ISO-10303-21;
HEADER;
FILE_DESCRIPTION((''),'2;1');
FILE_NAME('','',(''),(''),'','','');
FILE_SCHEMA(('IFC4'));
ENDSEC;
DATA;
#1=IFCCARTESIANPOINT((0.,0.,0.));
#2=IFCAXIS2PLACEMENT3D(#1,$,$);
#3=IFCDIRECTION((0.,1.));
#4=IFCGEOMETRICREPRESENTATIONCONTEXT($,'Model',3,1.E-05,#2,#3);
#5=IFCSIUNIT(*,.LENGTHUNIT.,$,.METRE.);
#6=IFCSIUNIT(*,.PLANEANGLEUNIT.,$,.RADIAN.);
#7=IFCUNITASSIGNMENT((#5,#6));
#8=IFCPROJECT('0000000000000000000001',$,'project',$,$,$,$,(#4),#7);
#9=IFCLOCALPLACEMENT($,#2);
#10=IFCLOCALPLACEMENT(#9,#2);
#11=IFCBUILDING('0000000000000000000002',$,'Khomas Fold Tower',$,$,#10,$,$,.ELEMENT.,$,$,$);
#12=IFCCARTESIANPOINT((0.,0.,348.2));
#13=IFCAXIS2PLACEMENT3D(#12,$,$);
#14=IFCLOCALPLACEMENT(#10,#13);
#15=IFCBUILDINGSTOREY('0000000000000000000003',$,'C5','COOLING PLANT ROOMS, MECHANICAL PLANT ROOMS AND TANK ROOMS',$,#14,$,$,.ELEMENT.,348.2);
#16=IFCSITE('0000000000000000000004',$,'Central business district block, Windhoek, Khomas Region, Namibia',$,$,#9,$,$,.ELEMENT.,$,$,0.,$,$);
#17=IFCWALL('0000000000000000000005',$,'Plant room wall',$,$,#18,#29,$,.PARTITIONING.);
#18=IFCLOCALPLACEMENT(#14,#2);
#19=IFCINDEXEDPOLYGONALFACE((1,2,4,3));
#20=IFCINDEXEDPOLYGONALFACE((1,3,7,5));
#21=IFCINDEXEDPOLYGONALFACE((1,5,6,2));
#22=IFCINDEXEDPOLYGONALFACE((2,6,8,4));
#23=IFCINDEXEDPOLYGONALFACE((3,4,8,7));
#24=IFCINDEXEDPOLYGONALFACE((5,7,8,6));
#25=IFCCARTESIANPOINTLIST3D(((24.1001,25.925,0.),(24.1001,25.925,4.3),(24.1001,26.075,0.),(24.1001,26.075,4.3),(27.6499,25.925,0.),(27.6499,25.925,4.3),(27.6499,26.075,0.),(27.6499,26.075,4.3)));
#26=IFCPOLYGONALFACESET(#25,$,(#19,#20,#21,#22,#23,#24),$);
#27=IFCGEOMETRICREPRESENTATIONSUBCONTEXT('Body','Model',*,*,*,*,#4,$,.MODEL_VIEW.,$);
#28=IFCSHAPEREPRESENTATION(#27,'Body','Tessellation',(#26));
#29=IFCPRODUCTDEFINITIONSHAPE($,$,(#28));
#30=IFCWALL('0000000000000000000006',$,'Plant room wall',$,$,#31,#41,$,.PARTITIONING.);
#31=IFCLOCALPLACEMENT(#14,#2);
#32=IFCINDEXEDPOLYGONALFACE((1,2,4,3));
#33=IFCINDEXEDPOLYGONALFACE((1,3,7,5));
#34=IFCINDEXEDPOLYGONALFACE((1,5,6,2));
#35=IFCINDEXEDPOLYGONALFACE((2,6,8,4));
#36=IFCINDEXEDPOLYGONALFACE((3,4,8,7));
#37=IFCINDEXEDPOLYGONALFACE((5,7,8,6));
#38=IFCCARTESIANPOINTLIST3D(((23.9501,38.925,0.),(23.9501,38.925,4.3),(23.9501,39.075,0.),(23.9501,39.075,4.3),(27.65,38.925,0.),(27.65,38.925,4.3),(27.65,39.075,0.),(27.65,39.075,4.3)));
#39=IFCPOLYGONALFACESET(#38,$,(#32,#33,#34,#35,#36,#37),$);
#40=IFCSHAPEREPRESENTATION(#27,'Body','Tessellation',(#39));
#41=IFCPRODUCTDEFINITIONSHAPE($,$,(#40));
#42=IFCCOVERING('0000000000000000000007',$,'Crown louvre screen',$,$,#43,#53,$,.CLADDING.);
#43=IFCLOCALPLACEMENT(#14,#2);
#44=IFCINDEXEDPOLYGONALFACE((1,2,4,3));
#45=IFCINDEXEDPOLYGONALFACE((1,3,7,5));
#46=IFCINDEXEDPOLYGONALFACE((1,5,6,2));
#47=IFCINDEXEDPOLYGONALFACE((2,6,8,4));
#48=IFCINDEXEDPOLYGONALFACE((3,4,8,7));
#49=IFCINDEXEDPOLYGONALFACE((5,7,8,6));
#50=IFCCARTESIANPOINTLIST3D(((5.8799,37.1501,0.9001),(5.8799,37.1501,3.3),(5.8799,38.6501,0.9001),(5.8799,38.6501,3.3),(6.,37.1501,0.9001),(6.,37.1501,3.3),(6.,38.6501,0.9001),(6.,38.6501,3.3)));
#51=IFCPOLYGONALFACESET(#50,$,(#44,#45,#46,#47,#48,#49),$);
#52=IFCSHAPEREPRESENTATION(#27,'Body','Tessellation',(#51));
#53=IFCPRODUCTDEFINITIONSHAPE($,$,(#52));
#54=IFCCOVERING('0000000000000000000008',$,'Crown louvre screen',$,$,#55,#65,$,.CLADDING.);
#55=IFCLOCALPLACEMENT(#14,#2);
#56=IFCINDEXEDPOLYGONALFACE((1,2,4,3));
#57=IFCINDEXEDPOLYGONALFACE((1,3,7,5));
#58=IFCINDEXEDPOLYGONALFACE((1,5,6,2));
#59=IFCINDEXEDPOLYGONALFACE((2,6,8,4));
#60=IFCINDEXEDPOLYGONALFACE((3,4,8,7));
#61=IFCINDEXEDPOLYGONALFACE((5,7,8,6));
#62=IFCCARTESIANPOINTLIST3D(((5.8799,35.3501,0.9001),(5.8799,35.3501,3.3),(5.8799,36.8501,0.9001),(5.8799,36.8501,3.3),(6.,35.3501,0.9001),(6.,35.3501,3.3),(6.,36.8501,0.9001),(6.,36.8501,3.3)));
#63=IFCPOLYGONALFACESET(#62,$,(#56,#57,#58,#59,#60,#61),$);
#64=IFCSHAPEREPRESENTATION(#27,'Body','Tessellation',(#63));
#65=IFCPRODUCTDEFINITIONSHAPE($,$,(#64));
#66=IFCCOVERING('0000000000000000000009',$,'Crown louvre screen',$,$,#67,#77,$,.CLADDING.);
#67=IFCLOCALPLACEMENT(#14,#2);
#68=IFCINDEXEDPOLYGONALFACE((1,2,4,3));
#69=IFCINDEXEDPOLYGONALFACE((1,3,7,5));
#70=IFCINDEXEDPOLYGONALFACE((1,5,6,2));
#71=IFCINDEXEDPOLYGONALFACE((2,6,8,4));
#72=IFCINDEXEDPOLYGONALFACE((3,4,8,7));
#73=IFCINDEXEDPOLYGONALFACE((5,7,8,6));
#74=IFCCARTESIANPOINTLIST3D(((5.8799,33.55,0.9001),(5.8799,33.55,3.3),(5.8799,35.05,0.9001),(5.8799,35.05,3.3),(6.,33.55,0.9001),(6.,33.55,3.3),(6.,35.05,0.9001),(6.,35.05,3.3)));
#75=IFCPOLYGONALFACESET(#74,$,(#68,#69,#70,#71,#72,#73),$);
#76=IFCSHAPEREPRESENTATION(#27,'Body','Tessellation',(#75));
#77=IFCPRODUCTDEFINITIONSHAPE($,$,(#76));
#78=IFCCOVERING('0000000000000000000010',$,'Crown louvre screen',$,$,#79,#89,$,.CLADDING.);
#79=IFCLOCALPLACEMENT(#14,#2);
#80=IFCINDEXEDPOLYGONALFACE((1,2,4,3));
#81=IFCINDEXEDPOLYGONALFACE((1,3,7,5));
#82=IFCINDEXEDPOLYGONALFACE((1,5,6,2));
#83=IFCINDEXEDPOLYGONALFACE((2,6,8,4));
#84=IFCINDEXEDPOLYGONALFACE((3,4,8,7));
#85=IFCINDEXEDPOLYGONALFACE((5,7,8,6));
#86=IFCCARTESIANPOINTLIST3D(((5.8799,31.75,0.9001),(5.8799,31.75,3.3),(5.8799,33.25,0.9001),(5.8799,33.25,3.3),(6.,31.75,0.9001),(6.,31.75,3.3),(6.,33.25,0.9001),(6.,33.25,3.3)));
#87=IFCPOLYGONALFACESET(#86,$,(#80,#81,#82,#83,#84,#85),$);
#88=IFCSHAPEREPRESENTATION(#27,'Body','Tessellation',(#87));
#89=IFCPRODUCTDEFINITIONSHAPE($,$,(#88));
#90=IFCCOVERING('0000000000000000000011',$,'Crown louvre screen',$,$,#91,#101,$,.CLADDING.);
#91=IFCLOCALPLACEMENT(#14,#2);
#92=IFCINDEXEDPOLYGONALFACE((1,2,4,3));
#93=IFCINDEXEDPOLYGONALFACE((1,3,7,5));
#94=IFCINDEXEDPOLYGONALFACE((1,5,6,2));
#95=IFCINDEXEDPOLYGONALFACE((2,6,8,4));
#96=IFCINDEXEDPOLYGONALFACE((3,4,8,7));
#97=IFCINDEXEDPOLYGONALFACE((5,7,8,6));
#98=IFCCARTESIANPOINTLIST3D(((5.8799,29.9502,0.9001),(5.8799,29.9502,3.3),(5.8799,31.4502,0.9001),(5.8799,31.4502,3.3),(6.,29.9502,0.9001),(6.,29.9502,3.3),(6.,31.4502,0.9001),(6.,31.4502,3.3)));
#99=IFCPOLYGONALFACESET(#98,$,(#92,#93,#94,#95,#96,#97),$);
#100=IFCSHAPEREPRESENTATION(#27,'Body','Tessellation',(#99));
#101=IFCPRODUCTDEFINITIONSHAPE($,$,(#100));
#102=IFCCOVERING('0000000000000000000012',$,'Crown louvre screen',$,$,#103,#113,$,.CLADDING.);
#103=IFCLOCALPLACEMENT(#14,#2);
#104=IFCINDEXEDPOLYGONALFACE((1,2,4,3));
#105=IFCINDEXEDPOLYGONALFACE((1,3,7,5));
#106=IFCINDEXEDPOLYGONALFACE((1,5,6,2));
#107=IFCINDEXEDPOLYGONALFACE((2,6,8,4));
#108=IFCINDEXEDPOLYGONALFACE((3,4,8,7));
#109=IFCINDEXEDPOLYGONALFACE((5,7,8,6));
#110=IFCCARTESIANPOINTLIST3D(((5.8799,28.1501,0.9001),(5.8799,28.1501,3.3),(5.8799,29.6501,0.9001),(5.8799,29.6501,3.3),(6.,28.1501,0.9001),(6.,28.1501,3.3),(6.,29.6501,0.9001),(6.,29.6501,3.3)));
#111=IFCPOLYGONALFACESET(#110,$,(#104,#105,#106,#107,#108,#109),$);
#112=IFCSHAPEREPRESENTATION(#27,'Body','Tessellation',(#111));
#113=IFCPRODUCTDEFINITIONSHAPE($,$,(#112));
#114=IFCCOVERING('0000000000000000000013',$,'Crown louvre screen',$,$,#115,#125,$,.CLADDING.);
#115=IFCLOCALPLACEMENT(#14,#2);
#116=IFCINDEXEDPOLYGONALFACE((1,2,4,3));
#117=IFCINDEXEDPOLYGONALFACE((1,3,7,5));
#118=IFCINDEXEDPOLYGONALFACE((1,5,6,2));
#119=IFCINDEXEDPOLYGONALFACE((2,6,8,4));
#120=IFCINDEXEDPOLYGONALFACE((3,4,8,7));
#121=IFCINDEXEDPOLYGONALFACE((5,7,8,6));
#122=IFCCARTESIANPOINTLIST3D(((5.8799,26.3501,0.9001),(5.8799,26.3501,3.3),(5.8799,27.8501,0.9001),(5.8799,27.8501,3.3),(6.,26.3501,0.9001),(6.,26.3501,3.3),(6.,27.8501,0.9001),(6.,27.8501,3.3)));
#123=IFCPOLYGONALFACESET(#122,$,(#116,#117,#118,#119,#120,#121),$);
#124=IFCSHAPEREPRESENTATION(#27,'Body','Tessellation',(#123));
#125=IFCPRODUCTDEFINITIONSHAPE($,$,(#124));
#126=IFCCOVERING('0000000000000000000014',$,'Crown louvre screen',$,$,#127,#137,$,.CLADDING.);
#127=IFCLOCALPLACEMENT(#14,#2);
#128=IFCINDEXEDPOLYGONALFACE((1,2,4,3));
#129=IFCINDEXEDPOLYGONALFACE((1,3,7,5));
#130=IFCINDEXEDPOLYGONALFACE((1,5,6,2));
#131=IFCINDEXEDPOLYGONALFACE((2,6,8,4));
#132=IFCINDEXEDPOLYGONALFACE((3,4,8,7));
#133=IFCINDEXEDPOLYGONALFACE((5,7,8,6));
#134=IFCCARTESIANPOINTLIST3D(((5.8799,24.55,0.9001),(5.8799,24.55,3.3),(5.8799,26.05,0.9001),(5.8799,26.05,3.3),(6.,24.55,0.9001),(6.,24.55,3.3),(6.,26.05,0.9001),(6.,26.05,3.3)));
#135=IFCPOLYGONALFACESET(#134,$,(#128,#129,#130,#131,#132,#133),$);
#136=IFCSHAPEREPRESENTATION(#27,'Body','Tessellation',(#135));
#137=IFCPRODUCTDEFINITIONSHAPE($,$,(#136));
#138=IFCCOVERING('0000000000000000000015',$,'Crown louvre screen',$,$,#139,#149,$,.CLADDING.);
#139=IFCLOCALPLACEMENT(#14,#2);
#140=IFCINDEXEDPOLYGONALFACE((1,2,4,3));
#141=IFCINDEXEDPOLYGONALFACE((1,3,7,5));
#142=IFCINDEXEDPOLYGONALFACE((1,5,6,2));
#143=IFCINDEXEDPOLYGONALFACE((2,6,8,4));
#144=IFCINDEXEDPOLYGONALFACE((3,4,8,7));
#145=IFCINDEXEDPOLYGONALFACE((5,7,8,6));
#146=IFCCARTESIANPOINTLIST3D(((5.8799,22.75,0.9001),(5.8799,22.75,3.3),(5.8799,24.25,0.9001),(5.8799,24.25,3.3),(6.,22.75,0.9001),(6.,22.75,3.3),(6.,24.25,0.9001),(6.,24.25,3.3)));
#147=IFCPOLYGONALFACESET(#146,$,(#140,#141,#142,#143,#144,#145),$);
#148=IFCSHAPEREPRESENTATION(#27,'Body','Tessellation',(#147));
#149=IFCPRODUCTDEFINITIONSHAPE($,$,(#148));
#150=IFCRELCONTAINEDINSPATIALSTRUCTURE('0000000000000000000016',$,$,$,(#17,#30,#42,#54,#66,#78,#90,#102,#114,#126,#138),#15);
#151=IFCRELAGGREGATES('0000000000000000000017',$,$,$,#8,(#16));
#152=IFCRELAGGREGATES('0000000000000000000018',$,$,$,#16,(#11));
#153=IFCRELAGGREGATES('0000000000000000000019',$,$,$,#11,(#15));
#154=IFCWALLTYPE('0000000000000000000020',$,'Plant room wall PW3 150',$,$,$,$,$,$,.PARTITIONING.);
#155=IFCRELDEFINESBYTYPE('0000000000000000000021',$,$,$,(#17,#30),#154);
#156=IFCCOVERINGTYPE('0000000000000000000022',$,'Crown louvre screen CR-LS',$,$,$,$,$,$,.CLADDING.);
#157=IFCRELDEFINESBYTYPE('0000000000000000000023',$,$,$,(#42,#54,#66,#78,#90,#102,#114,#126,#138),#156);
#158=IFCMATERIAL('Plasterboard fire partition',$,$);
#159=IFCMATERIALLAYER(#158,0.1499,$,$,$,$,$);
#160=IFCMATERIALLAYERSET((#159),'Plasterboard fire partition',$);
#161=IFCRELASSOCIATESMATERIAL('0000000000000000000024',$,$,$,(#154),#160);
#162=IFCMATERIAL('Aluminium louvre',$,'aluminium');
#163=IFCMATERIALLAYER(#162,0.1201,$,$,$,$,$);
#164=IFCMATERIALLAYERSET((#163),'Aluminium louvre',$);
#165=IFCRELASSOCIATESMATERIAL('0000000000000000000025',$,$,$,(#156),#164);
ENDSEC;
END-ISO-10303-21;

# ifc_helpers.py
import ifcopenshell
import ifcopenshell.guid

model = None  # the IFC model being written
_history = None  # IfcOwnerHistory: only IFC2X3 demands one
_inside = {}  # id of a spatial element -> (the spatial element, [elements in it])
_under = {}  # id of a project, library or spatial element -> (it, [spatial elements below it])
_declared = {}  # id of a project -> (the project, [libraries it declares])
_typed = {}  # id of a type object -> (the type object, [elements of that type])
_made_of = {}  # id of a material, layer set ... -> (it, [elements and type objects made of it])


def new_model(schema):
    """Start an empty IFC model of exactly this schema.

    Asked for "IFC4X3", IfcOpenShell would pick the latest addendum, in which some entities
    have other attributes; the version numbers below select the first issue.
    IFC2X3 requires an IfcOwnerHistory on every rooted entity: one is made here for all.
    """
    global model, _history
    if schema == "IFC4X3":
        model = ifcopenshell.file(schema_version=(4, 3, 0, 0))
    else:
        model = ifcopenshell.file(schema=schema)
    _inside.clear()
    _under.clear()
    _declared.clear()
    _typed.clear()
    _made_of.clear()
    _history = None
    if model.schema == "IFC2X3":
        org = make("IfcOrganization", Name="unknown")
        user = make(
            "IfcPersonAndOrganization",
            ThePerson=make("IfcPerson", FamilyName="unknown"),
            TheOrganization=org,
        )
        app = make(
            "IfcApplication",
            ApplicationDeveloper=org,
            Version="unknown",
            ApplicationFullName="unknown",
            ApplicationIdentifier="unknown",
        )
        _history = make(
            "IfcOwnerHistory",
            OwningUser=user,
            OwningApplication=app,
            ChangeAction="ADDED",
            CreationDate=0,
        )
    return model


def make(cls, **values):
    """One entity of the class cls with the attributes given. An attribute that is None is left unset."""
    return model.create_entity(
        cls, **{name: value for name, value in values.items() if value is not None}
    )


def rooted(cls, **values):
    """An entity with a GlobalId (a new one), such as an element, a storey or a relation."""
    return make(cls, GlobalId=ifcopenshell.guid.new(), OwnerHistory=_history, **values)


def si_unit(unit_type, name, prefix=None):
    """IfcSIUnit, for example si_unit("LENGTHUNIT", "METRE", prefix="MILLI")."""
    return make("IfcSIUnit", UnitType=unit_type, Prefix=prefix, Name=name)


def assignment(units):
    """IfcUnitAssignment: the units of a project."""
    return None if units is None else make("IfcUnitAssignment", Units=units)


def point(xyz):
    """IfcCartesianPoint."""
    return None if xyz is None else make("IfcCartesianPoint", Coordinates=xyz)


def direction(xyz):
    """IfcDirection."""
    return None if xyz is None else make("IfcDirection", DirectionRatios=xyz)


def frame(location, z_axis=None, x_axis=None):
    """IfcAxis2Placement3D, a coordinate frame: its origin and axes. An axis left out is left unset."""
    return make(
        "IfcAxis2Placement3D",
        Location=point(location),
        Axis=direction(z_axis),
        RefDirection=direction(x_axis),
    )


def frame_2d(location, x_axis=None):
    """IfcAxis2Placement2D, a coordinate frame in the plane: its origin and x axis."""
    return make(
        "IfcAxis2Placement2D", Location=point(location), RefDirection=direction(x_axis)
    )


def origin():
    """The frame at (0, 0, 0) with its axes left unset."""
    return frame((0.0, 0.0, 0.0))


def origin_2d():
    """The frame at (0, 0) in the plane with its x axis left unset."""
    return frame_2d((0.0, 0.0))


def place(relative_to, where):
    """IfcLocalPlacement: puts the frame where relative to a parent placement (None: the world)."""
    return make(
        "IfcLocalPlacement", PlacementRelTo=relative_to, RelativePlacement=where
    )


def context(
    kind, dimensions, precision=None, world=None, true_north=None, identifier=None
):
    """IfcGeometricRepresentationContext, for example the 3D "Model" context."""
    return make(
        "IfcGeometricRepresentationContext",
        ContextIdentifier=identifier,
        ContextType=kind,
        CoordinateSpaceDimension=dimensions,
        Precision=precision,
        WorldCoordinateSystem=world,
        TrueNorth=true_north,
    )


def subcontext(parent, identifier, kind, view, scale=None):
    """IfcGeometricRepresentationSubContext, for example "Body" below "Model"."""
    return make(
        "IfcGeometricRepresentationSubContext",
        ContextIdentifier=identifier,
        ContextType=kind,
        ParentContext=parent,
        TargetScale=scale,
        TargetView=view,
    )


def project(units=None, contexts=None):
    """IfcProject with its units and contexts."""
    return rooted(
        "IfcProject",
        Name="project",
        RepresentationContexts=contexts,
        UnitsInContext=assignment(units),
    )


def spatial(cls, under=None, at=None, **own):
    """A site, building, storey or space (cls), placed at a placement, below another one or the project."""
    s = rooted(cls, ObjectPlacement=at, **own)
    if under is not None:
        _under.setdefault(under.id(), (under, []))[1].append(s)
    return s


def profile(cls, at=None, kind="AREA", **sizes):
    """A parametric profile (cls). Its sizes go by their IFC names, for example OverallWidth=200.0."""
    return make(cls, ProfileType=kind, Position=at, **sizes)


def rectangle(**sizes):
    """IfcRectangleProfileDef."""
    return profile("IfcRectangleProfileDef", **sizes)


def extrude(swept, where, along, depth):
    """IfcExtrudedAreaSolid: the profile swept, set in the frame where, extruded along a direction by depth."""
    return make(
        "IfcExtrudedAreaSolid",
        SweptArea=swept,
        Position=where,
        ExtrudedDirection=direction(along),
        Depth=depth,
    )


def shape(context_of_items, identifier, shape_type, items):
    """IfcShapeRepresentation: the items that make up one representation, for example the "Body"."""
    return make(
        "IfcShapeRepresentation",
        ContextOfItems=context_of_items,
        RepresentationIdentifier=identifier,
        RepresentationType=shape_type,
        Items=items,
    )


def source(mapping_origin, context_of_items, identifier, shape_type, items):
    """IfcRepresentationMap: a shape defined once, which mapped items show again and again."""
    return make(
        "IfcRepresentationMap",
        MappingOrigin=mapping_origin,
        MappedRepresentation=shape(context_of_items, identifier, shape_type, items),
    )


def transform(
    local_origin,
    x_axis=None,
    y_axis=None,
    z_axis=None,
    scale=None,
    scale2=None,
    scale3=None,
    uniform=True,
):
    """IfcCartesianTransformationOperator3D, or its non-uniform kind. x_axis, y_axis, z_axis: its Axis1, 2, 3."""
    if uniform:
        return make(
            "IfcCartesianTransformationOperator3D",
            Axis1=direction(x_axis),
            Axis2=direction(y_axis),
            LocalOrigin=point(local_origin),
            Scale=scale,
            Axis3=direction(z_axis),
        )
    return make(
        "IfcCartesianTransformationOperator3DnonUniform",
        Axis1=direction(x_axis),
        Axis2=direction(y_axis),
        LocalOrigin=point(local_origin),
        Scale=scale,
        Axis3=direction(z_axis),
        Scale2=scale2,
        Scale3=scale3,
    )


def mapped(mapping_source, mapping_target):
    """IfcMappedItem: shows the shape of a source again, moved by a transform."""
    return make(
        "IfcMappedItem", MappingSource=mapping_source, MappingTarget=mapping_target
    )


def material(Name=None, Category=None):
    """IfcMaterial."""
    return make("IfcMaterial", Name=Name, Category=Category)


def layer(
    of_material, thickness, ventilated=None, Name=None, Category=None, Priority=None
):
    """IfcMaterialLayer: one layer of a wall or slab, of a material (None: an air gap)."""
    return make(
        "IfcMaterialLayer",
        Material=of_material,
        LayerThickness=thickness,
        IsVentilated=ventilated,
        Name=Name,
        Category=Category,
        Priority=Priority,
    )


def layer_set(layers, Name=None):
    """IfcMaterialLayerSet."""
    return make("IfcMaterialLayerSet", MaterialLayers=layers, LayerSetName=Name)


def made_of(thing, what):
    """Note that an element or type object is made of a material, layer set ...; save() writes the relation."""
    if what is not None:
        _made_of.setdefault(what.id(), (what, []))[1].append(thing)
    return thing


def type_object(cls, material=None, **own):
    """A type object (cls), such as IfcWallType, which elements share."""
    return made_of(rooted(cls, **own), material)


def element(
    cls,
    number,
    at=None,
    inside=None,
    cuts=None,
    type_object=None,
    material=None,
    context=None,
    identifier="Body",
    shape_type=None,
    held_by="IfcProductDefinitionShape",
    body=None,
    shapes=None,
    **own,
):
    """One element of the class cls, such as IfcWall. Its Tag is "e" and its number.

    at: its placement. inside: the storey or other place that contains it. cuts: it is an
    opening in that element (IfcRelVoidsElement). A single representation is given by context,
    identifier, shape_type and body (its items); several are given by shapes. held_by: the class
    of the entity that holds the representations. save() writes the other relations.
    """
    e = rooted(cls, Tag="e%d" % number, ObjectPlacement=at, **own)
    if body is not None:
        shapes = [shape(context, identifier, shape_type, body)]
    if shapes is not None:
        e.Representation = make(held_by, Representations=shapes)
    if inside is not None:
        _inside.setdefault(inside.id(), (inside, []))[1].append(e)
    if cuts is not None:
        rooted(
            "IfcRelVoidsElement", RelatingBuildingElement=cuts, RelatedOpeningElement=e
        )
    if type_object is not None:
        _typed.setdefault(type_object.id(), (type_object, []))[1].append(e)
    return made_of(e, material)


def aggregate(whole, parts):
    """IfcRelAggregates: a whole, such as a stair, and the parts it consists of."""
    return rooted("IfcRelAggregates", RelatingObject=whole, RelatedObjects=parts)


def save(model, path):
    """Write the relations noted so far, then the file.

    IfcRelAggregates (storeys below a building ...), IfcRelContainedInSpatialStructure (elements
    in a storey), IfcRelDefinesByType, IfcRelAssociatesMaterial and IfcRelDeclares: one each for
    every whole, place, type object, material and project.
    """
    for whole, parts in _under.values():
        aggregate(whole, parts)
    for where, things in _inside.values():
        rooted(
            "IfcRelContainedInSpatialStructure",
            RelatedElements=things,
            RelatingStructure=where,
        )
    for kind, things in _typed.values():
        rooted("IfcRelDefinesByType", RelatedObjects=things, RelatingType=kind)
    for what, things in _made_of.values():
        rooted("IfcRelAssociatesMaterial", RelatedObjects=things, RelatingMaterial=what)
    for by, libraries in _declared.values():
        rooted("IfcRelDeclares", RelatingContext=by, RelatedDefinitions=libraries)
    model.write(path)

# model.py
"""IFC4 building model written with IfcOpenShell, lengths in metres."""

from ifc_helpers import new_model, si_unit, direction, frame, frame_2d, origin, origin_2d, place, context, subcontext, project, spatial, rectangle, extrude, source, transform, mapped, material, layer, layer_set, type_object, element, save


model = new_model("IFC4")

# Units and contexts
model_context = context("Model", 3, precision=1e-05, world=origin(), true_north=direction((0.0, 1.0)))
body_context = subcontext(model_context, "Body", "Model", "MODEL_VIEW")
ifc_project = project(units=[si_unit("LENGTHUNIT", "METRE"), si_unit("PLANEANGLEUNIT", "RADIAN")], contexts=[model_context])

# Site, building, storey
site_placement = place(None, origin())
site = spatial("IfcSite", under=ifc_project, at=site_placement, Name="Central business district block, Windhoek, Khomas Region, Namibia", CompositionType="ELEMENT", RefElevation=0.0)
building_placement = place(site_placement, origin())
building = spatial("IfcBuilding", under=site, at=building_placement, Name="Khomas Fold Tower", CompositionType="ELEMENT")
storey_placement = place(building_placement, frame((0.0, 0.0, 348.2)))
storey = spatial("IfcBuildingStorey", under=building, at=storey_placement, Name="C5", Description="COOLING PLANT ROOMS, MECHANICAL PLANT ROOMS AND TANK ROOMS", CompositionType="ELEMENT", Elevation=348.2)

# Walls
ifc_material_1 = material(Name="Plasterboard fire partition")
ifc_layer_1 = layer(ifc_material_1, 0.1499)
ifc_layer_set_1 = layer_set([ifc_layer_1], Name="Plasterboard fire partition")
wall_type_1 = type_object("IfcWallType", Name="Plant room wall PW3 150", PredefinedType="PARTITIONING", material=ifc_layer_set_1)
shared_shape_1 = source(origin(), body_context, "Body", "SweptSolid", [
    extrude(rectangle(XDim=3.5498, YDim=0.1499, at=frame_2d((1.7749, 0.0))), origin(), (0.0, 0.0, 1.0), 4.3),
])
wall_1_placement = place(storey_placement, frame((24.1001, 26.0, 0.0), z_axis=(0.0, 0.0, 1.0), x_axis=(1.0, 0.0, 0.0)))
element("IfcWall", 1, at=wall_1_placement, inside=storey, type_object=wall_type_1, Name="Plant room wall", PredefinedType="PARTITIONING", context=body_context, shape_type="MappedRepresentation", body=[
    mapped(shared_shape_1, transform((0.0, 0.0, 0.0))),
])
shared_shape_2 = source(origin(), body_context, "Body", "SweptSolid", [
    extrude(rectangle(XDim=3.7, YDim=0.1499, at=frame_2d((1.8501, 0.0))), origin(), (0.0, 0.0, 1.0), 4.3),
])
wall_2_placement = place(storey_placement, frame((23.95, 39.0, 0.0), z_axis=(0.0, 0.0, 1.0), x_axis=(1.0, 0.0, 0.0)))
element("IfcWall", 2, at=wall_2_placement, inside=storey, type_object=wall_type_1, Name="Plant room wall", PredefinedType="PARTITIONING", context=body_context, shape_type="MappedRepresentation", body=[
    mapped(shared_shape_2, transform((0.0, 0.0, 0.0))),
])

# Coverings
ifc_material_2 = material(Name="Aluminium louvre", Category="aluminium")
ifc_layer_2 = layer(ifc_material_2, 0.1201)
ifc_layer_set_2 = layer_set([ifc_layer_2], Name="Aluminium louvre")
covering_type = type_object("IfcCoveringType", Name="Crown louvre screen CR-LS", PredefinedType="CLADDING", material=ifc_layer_set_2)
shared_shape_3 = source(origin(), body_context, "Body", "SweptSolid", [
    extrude(rectangle(XDim=1.5, YDim=0.1201, at=origin_2d()), origin(), (0.0, 0.0, 1.0), 2.3999),
])
for number, where, z_axis, x_axis, name in (
    (3, (5.9399, 37.9001, 0.9001), (0.0, 0.0, 1.0), (0.0, -1.0, 0.0), "Crown louvre screen"),
    (4, (5.9399, 36.1001, 0.9001), (0.0, 0.0, 1.0), (0.0, -1.0, 0.0), "Crown louvre screen"),
    (5, (5.9399, 34.3, 0.9001), (0.0, 0.0, 1.0), (0.0, -1.0, 0.0), "Crown louvre screen"),
    (6, (5.9399, 32.5, 0.9001), (0.0, 0.0, 1.0), (0.0, -1.0, 0.0), "Crown louvre screen"),
    (7, (5.9399, 30.7002, 0.9001), (0.0, 0.0, 1.0), (0.0, -1.0, 0.0), "Crown louvre screen"),
    (8, (5.9399, 28.9001, 0.9001), (0.0, 0.0, 1.0), (0.0, -1.0, 0.0), "Crown louvre screen"),
    (9, (5.9399, 27.1001, 0.9001), (0.0, 0.0, 1.0), (0.0, -1.0, 0.0), "Crown louvre screen"),
    (10, (5.9399, 25.3, 0.9001), (0.0, 0.0, 1.0), (0.0, -1.0, 0.0), "Crown louvre screen"),
    (11, (5.9399, 23.5, 0.9001), (0.0, 0.0, 1.0), (0.0, -1.0, 0.0), "Crown louvre screen"),
):
    element("IfcCovering", number, at=place(storey_placement, frame(where, z_axis=z_axis, x_axis=x_axis)), inside=storey, type_object=covering_type, Name=name, PredefinedType="CLADDING", context=body_context, shape_type="MappedRepresentation", body=[
        mapped(shared_shape_3, transform((0.0, 0.0, 0.0))),
    ])

save(model, "model.ifc")
